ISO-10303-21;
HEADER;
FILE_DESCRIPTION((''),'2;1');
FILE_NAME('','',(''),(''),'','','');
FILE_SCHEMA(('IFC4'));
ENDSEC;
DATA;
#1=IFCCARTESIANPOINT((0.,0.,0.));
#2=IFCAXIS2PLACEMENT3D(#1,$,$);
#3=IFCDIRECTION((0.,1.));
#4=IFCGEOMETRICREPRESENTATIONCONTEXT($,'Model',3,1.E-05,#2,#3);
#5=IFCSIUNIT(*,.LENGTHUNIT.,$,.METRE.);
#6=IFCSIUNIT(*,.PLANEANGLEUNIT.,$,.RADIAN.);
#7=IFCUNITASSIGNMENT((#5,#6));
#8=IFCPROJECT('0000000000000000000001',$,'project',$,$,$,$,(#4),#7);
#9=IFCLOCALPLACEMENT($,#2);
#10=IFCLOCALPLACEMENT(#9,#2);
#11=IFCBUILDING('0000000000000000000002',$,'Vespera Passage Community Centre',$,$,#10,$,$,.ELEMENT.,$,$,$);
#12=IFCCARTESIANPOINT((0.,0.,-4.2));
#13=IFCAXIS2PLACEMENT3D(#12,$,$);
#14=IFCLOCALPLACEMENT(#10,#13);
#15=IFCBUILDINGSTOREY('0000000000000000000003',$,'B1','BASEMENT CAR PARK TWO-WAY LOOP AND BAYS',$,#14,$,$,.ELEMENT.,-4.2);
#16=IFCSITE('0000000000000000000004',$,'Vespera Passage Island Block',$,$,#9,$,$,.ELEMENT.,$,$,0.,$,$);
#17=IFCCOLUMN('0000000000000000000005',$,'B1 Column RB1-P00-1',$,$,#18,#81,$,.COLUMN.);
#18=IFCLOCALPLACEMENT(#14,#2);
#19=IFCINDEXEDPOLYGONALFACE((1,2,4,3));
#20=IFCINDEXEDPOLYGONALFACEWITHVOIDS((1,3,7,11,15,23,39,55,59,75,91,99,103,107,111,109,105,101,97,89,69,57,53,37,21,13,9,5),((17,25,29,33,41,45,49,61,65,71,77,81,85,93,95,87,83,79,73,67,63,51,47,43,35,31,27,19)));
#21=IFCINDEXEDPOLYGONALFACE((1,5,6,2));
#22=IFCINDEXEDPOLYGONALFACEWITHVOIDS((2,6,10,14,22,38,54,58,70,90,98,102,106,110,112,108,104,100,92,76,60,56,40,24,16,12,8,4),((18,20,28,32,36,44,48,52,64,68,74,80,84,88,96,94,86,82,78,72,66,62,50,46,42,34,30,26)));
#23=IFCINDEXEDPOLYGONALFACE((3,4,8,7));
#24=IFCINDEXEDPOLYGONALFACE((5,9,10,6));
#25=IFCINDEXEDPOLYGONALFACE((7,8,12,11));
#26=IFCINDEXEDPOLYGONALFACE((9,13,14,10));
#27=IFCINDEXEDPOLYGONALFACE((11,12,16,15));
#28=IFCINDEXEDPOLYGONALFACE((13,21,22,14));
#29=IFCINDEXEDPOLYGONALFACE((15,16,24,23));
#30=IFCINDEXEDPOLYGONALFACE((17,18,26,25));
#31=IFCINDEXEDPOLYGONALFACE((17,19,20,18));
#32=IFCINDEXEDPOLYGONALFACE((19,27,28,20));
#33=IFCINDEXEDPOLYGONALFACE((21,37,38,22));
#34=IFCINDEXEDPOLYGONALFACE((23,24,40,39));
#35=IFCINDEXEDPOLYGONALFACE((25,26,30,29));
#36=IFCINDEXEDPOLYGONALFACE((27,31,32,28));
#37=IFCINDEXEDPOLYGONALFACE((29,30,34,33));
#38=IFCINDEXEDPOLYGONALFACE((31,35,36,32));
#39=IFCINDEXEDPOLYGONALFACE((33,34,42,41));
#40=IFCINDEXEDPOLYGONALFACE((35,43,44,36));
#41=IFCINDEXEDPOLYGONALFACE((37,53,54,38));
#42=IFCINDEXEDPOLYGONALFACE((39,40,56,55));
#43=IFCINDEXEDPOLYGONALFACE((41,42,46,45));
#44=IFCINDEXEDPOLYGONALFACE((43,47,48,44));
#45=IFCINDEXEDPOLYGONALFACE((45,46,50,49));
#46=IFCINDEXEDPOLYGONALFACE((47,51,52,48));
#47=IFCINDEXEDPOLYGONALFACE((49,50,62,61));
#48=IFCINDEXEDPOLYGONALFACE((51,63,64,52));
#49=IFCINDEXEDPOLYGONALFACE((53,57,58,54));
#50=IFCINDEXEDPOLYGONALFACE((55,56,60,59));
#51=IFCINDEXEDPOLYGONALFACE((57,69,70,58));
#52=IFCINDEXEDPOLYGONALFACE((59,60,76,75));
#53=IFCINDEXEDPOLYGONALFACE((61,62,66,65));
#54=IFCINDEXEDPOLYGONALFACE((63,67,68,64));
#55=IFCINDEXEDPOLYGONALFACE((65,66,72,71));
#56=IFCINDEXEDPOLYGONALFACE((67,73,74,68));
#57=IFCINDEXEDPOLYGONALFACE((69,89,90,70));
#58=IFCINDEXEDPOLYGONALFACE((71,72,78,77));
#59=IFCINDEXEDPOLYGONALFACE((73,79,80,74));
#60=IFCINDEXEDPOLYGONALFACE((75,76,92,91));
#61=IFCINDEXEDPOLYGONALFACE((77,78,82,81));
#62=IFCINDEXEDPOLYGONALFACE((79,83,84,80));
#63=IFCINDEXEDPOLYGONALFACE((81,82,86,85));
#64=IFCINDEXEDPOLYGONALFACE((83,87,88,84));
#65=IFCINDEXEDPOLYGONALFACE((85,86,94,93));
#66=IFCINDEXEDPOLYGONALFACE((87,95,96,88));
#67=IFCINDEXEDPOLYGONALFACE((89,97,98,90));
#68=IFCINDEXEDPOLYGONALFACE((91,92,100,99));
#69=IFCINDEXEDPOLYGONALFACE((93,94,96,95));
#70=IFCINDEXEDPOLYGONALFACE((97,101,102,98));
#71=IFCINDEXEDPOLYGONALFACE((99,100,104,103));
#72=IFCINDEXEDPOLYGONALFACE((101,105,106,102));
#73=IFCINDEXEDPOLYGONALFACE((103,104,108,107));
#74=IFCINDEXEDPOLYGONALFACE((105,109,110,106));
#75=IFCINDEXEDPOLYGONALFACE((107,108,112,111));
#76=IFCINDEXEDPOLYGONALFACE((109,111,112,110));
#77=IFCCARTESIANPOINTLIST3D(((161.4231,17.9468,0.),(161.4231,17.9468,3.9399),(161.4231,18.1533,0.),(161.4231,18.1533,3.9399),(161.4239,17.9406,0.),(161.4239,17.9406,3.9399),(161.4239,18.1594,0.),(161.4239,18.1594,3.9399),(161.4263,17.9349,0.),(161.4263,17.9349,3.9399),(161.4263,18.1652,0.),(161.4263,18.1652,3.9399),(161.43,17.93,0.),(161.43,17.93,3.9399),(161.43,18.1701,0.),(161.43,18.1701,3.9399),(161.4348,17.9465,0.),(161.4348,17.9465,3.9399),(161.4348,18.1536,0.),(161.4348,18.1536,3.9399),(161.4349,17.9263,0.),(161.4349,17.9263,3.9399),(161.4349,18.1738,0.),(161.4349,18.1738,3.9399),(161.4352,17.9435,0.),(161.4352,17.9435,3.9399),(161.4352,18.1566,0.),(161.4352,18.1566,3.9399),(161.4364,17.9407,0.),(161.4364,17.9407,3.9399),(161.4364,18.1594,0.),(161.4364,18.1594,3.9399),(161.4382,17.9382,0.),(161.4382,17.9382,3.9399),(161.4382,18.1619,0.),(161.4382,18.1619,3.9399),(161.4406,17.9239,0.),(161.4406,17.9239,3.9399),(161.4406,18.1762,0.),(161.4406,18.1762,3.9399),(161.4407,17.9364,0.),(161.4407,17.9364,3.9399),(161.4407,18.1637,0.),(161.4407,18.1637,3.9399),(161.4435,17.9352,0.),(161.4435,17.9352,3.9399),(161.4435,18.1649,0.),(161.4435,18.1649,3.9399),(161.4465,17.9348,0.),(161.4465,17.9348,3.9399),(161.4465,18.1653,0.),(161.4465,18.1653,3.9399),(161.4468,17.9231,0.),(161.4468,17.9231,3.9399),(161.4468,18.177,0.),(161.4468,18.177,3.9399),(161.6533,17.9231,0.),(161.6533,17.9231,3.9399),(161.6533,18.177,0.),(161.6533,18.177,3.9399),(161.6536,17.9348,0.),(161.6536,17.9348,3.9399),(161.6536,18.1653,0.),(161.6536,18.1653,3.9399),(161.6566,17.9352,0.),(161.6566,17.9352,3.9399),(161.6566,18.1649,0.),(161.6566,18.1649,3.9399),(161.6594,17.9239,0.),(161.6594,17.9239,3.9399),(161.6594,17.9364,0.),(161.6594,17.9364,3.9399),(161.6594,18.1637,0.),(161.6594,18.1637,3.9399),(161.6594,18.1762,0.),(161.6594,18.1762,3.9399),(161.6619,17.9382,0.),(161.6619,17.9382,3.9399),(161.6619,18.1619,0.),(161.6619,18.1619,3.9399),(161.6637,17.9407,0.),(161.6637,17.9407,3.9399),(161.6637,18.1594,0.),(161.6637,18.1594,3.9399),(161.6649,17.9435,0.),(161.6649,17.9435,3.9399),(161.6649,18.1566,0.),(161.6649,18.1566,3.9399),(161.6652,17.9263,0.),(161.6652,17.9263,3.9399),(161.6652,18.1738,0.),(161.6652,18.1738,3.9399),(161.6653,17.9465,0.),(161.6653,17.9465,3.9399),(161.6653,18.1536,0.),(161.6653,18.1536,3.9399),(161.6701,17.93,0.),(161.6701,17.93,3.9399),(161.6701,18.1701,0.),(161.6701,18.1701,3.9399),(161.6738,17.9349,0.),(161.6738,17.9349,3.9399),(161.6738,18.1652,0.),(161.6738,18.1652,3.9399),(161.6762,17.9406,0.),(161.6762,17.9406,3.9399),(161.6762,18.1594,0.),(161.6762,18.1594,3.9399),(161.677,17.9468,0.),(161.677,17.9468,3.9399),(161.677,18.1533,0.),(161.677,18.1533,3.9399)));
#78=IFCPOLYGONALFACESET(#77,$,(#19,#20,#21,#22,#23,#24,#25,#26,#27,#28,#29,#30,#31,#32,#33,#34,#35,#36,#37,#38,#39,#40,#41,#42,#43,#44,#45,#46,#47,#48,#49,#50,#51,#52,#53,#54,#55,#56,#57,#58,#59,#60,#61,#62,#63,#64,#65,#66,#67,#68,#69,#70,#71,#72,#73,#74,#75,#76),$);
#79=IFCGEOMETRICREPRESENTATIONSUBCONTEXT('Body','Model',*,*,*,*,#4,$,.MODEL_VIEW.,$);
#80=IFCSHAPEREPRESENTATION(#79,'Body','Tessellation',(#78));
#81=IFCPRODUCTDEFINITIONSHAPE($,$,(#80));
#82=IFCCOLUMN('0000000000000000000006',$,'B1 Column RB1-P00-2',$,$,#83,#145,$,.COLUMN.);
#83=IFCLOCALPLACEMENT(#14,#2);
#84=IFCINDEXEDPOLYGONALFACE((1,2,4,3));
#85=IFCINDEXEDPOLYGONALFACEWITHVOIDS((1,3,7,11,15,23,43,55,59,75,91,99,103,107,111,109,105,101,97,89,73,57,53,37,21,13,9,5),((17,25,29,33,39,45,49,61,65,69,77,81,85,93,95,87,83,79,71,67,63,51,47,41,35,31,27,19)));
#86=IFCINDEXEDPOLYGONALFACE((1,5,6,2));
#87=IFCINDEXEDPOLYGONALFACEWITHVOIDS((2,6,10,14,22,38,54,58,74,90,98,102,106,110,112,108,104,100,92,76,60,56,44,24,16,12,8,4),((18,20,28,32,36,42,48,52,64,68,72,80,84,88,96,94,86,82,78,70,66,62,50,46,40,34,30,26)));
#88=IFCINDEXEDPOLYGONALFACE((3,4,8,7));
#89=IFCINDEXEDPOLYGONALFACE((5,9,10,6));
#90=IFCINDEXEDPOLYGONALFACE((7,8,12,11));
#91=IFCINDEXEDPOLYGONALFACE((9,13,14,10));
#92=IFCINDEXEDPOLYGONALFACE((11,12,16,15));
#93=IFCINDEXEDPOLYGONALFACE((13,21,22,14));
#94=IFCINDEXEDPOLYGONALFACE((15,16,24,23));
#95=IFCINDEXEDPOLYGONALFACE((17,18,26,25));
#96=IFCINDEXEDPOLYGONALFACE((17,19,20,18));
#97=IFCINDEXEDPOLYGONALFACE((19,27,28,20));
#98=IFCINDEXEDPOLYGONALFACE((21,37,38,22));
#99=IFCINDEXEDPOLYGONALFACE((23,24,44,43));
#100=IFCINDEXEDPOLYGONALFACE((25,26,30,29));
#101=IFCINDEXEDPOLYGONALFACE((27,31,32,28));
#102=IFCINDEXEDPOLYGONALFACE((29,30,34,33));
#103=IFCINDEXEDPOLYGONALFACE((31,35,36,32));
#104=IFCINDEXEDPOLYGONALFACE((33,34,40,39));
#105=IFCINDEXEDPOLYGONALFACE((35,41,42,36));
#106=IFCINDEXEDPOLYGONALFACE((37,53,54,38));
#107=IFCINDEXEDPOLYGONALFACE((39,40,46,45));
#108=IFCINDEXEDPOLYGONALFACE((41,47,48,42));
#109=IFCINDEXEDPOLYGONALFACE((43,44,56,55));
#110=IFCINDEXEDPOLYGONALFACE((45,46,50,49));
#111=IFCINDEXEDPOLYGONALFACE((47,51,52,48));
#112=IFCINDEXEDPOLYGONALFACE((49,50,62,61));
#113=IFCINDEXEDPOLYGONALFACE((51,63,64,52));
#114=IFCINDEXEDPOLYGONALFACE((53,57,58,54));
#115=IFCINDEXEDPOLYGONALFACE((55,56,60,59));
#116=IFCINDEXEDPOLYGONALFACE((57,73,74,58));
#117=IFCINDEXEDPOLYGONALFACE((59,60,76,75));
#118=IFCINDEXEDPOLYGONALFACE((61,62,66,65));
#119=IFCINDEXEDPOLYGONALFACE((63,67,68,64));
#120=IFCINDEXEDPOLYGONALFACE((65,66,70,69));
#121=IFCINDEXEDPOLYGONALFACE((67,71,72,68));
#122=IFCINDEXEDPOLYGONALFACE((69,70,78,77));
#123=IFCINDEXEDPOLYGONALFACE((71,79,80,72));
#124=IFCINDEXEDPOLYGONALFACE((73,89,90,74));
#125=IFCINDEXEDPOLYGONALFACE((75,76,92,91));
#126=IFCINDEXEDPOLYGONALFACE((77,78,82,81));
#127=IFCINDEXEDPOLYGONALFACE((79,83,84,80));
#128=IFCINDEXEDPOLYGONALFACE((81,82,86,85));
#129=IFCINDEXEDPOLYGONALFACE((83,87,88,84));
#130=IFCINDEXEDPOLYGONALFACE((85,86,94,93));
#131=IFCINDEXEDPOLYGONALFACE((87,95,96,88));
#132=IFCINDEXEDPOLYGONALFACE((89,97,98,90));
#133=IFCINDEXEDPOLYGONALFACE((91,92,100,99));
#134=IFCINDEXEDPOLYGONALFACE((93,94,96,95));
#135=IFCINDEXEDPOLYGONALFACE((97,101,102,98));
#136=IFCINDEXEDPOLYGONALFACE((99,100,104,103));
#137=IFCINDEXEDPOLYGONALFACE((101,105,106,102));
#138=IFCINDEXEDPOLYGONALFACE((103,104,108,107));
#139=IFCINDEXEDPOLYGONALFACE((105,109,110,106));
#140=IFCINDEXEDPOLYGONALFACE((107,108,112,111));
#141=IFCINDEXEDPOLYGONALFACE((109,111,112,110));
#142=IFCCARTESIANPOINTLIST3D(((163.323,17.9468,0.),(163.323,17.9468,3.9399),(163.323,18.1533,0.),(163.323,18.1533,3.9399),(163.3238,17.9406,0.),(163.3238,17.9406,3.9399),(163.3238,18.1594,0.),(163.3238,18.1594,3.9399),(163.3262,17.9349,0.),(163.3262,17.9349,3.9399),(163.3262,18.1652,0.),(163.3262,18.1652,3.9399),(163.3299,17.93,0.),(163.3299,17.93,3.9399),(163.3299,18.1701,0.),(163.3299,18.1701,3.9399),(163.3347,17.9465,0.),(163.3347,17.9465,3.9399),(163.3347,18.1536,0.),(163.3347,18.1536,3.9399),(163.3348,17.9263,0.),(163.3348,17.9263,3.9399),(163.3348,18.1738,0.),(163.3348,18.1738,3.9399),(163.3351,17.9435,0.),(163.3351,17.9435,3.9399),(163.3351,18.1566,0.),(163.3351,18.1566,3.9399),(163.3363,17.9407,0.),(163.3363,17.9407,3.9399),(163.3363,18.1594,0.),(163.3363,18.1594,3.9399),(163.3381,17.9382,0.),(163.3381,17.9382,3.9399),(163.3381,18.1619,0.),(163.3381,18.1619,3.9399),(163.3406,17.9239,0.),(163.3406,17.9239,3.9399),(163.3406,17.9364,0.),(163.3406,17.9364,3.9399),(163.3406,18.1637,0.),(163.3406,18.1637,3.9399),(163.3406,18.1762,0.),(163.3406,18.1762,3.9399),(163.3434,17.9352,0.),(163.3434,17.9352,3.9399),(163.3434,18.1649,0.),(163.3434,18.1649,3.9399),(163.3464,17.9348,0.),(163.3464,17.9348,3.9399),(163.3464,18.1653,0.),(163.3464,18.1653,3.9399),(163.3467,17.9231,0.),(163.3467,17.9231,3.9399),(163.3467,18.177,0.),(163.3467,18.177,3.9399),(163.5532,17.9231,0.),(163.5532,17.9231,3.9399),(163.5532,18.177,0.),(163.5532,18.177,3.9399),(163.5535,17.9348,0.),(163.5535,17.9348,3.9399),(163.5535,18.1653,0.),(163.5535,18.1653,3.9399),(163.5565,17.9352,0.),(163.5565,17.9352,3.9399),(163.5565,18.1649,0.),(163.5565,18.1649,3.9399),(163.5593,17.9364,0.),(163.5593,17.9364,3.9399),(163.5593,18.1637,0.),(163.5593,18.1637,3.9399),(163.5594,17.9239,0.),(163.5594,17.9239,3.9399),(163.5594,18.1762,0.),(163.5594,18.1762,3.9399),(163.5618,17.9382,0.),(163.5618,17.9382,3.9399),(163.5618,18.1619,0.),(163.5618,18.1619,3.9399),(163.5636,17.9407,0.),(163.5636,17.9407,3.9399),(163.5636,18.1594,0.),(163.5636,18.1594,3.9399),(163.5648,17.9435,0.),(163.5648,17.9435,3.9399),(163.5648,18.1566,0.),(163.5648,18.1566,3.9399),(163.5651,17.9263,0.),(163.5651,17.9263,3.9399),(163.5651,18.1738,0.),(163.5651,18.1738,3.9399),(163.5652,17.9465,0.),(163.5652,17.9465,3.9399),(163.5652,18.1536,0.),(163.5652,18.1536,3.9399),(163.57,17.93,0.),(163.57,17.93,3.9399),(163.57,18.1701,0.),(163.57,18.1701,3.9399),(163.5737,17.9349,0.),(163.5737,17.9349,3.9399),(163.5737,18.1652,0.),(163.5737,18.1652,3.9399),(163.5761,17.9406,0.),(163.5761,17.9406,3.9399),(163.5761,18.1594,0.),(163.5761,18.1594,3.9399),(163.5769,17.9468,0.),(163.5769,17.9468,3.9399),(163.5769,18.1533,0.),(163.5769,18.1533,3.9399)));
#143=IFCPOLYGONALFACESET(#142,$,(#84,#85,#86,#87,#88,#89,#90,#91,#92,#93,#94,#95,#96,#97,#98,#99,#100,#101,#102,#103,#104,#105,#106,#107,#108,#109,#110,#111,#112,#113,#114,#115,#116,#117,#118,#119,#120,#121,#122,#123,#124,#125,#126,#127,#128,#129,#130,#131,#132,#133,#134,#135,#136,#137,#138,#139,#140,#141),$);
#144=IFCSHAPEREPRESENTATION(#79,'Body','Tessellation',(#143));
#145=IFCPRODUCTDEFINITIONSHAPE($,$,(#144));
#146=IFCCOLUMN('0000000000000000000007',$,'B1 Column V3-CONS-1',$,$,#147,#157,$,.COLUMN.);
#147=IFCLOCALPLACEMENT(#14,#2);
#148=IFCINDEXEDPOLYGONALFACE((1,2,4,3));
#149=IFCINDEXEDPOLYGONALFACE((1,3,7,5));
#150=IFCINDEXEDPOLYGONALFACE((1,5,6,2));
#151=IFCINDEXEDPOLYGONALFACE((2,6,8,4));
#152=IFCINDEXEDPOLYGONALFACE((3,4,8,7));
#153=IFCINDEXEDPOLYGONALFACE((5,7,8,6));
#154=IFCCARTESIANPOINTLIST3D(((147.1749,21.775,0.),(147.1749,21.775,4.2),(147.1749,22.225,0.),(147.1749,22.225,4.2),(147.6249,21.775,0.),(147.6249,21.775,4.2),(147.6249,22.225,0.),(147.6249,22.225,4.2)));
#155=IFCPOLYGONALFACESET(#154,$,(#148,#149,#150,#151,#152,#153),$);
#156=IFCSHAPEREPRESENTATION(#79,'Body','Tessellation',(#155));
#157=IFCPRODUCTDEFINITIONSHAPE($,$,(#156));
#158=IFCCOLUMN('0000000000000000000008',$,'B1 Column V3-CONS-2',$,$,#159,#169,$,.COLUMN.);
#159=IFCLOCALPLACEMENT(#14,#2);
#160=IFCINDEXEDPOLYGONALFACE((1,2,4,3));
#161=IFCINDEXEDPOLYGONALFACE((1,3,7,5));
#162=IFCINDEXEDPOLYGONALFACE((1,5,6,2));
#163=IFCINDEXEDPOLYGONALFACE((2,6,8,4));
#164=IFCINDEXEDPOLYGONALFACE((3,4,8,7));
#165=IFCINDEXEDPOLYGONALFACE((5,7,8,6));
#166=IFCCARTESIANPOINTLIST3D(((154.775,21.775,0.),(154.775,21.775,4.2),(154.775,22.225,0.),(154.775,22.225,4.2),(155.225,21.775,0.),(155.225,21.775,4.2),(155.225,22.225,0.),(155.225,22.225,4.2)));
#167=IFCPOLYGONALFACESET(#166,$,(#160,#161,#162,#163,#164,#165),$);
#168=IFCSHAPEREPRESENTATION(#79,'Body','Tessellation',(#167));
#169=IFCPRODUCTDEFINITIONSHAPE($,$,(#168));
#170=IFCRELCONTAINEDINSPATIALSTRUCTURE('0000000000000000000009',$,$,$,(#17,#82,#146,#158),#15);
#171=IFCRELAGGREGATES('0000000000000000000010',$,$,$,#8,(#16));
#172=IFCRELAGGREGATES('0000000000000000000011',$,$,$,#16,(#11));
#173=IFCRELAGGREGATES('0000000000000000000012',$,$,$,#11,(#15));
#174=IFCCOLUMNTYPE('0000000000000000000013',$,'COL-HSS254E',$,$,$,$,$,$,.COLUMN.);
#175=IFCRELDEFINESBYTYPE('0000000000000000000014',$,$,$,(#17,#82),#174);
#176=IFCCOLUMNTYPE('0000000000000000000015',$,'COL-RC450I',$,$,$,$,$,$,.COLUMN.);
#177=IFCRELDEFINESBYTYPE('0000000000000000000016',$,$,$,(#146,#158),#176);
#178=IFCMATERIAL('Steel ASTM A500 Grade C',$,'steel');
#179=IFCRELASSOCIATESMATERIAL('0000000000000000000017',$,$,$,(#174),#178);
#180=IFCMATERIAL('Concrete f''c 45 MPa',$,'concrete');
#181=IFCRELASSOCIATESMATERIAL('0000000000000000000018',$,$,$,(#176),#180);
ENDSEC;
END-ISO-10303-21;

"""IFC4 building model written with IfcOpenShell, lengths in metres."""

from ifc_helpers import new_model, si_unit, direction, frame, origin, origin_2d, place, context, subcontext, project, spatial, rectangle, hollow_rectangle, extrude, material, material_profile, profile_set, type_object, element, save


model = new_model("IFC4")

# Units and contexts
model_context = context("Model", 3, precision=1e-05, world=origin(), true_north=direction((0.0, 1.0)))
body_context = subcontext(model_context, "Body", "Model", "MODEL_VIEW")
ifc_project = project(units=[si_unit("LENGTHUNIT", "METRE"), si_unit("PLANEANGLEUNIT", "RADIAN")], contexts=[model_context])

# Site, building, storey
site_placement = place(None, origin())
site = spatial("IfcSite", under=ifc_project, at=site_placement, Name="Vespera Passage Island Block", CompositionType="ELEMENT", RefElevation=0.0)
building_placement = place(site_placement, origin())
building = spatial("IfcBuilding", under=site, at=building_placement, Name="Vespera Passage Community Centre", CompositionType="ELEMENT")
storey_placement = place(building_placement, frame((0.0, 0.0, -4.2)))
storey = spatial("IfcBuildingStorey", under=building, at=storey_placement, Name="B1", Description="BASEMENT CAR PARK TWO-WAY LOOP AND BAYS", CompositionType="ELEMENT", Elevation=-4.2)

# Columns
ifc_material_1 = material(Name="Steel ASTM A500 Grade C", Category="steel")
ifc_material_profile_1 = material_profile(ifc_material_1, hollow_rectangle(XDim=0.2539, YDim=0.2539, WallThickness=0.0117, InnerFilletRadius=0.0117, OuterFilletRadius=0.0237, at=origin_2d()), Name="HSS254X254X12.7")
ifc_profile_set_1 = profile_set([ifc_material_profile_1], Name="Steel ASTM A500 Grade C")
column_type_1 = type_object("IfcColumnType", Name="COL-HSS254E", PredefinedType="COLUMN", material=ifc_profile_set_1)
for number, where, z_axis, x_axis, name in (
    (1, (161.55, 18.05, 0.0), (0.0, 0.0, 1.0), (1.0, 0.0, 0.0), "B1 Column RB1-P00-1"),
    (2, (163.45, 18.05, 0.0), (0.0, 0.0, 1.0), (1.0, 0.0, 0.0), "B1 Column RB1-P00-2"),
):
    element("IfcColumn", number, at=place(storey_placement, frame(where, z_axis=z_axis, x_axis=x_axis)), inside=storey, type_object=column_type_1, Name=name, PredefinedType="COLUMN", context=body_context, shape_type="SweptSolid", body=[
        extrude(hollow_rectangle(XDim=0.2539, YDim=0.2539, WallThickness=0.0117, InnerFilletRadius=0.0117, OuterFilletRadius=0.0237, at=origin_2d()), origin(), (0.0, 0.0, 1.0), 3.9399),
    ])
ifc_material_2 = material(Name="Concrete f'c 45 MPa", Category="concrete")
ifc_material_profile_2 = material_profile(ifc_material_2, rectangle(XDim=0.45, YDim=0.45, at=origin_2d()), Name="RC450X450")
ifc_profile_set_2 = profile_set([ifc_material_profile_2], Name="Concrete f'c 45 MPa")
column_type_2 = type_object("IfcColumnType", Name="COL-RC450I", PredefinedType="COLUMN", material=ifc_profile_set_2)
for number, where, z_axis, x_axis, name in (
    (3, (147.3999, 22.0, 0.0), (0.0, 0.0, 1.0), (1.0, 0.0, 0.0), "B1 Column V3-CONS-1"),
    (4, (155.0, 22.0, 0.0), (0.0, 0.0, 1.0), (1.0, 0.0, 0.0), "B1 Column V3-CONS-2"),
):
    element("IfcColumn", number, at=place(storey_placement, frame(where, z_axis=z_axis, x_axis=x_axis)), inside=storey, type_object=column_type_2, Name=name, PredefinedType="COLUMN", context=body_context, shape_type="SweptSolid", body=[
        extrude(rectangle(XDim=0.45, YDim=0.45, at=origin_2d()), origin(), (0.0, 0.0, 1.0), 4.2),
    ])

save(model, "model.ifc")
